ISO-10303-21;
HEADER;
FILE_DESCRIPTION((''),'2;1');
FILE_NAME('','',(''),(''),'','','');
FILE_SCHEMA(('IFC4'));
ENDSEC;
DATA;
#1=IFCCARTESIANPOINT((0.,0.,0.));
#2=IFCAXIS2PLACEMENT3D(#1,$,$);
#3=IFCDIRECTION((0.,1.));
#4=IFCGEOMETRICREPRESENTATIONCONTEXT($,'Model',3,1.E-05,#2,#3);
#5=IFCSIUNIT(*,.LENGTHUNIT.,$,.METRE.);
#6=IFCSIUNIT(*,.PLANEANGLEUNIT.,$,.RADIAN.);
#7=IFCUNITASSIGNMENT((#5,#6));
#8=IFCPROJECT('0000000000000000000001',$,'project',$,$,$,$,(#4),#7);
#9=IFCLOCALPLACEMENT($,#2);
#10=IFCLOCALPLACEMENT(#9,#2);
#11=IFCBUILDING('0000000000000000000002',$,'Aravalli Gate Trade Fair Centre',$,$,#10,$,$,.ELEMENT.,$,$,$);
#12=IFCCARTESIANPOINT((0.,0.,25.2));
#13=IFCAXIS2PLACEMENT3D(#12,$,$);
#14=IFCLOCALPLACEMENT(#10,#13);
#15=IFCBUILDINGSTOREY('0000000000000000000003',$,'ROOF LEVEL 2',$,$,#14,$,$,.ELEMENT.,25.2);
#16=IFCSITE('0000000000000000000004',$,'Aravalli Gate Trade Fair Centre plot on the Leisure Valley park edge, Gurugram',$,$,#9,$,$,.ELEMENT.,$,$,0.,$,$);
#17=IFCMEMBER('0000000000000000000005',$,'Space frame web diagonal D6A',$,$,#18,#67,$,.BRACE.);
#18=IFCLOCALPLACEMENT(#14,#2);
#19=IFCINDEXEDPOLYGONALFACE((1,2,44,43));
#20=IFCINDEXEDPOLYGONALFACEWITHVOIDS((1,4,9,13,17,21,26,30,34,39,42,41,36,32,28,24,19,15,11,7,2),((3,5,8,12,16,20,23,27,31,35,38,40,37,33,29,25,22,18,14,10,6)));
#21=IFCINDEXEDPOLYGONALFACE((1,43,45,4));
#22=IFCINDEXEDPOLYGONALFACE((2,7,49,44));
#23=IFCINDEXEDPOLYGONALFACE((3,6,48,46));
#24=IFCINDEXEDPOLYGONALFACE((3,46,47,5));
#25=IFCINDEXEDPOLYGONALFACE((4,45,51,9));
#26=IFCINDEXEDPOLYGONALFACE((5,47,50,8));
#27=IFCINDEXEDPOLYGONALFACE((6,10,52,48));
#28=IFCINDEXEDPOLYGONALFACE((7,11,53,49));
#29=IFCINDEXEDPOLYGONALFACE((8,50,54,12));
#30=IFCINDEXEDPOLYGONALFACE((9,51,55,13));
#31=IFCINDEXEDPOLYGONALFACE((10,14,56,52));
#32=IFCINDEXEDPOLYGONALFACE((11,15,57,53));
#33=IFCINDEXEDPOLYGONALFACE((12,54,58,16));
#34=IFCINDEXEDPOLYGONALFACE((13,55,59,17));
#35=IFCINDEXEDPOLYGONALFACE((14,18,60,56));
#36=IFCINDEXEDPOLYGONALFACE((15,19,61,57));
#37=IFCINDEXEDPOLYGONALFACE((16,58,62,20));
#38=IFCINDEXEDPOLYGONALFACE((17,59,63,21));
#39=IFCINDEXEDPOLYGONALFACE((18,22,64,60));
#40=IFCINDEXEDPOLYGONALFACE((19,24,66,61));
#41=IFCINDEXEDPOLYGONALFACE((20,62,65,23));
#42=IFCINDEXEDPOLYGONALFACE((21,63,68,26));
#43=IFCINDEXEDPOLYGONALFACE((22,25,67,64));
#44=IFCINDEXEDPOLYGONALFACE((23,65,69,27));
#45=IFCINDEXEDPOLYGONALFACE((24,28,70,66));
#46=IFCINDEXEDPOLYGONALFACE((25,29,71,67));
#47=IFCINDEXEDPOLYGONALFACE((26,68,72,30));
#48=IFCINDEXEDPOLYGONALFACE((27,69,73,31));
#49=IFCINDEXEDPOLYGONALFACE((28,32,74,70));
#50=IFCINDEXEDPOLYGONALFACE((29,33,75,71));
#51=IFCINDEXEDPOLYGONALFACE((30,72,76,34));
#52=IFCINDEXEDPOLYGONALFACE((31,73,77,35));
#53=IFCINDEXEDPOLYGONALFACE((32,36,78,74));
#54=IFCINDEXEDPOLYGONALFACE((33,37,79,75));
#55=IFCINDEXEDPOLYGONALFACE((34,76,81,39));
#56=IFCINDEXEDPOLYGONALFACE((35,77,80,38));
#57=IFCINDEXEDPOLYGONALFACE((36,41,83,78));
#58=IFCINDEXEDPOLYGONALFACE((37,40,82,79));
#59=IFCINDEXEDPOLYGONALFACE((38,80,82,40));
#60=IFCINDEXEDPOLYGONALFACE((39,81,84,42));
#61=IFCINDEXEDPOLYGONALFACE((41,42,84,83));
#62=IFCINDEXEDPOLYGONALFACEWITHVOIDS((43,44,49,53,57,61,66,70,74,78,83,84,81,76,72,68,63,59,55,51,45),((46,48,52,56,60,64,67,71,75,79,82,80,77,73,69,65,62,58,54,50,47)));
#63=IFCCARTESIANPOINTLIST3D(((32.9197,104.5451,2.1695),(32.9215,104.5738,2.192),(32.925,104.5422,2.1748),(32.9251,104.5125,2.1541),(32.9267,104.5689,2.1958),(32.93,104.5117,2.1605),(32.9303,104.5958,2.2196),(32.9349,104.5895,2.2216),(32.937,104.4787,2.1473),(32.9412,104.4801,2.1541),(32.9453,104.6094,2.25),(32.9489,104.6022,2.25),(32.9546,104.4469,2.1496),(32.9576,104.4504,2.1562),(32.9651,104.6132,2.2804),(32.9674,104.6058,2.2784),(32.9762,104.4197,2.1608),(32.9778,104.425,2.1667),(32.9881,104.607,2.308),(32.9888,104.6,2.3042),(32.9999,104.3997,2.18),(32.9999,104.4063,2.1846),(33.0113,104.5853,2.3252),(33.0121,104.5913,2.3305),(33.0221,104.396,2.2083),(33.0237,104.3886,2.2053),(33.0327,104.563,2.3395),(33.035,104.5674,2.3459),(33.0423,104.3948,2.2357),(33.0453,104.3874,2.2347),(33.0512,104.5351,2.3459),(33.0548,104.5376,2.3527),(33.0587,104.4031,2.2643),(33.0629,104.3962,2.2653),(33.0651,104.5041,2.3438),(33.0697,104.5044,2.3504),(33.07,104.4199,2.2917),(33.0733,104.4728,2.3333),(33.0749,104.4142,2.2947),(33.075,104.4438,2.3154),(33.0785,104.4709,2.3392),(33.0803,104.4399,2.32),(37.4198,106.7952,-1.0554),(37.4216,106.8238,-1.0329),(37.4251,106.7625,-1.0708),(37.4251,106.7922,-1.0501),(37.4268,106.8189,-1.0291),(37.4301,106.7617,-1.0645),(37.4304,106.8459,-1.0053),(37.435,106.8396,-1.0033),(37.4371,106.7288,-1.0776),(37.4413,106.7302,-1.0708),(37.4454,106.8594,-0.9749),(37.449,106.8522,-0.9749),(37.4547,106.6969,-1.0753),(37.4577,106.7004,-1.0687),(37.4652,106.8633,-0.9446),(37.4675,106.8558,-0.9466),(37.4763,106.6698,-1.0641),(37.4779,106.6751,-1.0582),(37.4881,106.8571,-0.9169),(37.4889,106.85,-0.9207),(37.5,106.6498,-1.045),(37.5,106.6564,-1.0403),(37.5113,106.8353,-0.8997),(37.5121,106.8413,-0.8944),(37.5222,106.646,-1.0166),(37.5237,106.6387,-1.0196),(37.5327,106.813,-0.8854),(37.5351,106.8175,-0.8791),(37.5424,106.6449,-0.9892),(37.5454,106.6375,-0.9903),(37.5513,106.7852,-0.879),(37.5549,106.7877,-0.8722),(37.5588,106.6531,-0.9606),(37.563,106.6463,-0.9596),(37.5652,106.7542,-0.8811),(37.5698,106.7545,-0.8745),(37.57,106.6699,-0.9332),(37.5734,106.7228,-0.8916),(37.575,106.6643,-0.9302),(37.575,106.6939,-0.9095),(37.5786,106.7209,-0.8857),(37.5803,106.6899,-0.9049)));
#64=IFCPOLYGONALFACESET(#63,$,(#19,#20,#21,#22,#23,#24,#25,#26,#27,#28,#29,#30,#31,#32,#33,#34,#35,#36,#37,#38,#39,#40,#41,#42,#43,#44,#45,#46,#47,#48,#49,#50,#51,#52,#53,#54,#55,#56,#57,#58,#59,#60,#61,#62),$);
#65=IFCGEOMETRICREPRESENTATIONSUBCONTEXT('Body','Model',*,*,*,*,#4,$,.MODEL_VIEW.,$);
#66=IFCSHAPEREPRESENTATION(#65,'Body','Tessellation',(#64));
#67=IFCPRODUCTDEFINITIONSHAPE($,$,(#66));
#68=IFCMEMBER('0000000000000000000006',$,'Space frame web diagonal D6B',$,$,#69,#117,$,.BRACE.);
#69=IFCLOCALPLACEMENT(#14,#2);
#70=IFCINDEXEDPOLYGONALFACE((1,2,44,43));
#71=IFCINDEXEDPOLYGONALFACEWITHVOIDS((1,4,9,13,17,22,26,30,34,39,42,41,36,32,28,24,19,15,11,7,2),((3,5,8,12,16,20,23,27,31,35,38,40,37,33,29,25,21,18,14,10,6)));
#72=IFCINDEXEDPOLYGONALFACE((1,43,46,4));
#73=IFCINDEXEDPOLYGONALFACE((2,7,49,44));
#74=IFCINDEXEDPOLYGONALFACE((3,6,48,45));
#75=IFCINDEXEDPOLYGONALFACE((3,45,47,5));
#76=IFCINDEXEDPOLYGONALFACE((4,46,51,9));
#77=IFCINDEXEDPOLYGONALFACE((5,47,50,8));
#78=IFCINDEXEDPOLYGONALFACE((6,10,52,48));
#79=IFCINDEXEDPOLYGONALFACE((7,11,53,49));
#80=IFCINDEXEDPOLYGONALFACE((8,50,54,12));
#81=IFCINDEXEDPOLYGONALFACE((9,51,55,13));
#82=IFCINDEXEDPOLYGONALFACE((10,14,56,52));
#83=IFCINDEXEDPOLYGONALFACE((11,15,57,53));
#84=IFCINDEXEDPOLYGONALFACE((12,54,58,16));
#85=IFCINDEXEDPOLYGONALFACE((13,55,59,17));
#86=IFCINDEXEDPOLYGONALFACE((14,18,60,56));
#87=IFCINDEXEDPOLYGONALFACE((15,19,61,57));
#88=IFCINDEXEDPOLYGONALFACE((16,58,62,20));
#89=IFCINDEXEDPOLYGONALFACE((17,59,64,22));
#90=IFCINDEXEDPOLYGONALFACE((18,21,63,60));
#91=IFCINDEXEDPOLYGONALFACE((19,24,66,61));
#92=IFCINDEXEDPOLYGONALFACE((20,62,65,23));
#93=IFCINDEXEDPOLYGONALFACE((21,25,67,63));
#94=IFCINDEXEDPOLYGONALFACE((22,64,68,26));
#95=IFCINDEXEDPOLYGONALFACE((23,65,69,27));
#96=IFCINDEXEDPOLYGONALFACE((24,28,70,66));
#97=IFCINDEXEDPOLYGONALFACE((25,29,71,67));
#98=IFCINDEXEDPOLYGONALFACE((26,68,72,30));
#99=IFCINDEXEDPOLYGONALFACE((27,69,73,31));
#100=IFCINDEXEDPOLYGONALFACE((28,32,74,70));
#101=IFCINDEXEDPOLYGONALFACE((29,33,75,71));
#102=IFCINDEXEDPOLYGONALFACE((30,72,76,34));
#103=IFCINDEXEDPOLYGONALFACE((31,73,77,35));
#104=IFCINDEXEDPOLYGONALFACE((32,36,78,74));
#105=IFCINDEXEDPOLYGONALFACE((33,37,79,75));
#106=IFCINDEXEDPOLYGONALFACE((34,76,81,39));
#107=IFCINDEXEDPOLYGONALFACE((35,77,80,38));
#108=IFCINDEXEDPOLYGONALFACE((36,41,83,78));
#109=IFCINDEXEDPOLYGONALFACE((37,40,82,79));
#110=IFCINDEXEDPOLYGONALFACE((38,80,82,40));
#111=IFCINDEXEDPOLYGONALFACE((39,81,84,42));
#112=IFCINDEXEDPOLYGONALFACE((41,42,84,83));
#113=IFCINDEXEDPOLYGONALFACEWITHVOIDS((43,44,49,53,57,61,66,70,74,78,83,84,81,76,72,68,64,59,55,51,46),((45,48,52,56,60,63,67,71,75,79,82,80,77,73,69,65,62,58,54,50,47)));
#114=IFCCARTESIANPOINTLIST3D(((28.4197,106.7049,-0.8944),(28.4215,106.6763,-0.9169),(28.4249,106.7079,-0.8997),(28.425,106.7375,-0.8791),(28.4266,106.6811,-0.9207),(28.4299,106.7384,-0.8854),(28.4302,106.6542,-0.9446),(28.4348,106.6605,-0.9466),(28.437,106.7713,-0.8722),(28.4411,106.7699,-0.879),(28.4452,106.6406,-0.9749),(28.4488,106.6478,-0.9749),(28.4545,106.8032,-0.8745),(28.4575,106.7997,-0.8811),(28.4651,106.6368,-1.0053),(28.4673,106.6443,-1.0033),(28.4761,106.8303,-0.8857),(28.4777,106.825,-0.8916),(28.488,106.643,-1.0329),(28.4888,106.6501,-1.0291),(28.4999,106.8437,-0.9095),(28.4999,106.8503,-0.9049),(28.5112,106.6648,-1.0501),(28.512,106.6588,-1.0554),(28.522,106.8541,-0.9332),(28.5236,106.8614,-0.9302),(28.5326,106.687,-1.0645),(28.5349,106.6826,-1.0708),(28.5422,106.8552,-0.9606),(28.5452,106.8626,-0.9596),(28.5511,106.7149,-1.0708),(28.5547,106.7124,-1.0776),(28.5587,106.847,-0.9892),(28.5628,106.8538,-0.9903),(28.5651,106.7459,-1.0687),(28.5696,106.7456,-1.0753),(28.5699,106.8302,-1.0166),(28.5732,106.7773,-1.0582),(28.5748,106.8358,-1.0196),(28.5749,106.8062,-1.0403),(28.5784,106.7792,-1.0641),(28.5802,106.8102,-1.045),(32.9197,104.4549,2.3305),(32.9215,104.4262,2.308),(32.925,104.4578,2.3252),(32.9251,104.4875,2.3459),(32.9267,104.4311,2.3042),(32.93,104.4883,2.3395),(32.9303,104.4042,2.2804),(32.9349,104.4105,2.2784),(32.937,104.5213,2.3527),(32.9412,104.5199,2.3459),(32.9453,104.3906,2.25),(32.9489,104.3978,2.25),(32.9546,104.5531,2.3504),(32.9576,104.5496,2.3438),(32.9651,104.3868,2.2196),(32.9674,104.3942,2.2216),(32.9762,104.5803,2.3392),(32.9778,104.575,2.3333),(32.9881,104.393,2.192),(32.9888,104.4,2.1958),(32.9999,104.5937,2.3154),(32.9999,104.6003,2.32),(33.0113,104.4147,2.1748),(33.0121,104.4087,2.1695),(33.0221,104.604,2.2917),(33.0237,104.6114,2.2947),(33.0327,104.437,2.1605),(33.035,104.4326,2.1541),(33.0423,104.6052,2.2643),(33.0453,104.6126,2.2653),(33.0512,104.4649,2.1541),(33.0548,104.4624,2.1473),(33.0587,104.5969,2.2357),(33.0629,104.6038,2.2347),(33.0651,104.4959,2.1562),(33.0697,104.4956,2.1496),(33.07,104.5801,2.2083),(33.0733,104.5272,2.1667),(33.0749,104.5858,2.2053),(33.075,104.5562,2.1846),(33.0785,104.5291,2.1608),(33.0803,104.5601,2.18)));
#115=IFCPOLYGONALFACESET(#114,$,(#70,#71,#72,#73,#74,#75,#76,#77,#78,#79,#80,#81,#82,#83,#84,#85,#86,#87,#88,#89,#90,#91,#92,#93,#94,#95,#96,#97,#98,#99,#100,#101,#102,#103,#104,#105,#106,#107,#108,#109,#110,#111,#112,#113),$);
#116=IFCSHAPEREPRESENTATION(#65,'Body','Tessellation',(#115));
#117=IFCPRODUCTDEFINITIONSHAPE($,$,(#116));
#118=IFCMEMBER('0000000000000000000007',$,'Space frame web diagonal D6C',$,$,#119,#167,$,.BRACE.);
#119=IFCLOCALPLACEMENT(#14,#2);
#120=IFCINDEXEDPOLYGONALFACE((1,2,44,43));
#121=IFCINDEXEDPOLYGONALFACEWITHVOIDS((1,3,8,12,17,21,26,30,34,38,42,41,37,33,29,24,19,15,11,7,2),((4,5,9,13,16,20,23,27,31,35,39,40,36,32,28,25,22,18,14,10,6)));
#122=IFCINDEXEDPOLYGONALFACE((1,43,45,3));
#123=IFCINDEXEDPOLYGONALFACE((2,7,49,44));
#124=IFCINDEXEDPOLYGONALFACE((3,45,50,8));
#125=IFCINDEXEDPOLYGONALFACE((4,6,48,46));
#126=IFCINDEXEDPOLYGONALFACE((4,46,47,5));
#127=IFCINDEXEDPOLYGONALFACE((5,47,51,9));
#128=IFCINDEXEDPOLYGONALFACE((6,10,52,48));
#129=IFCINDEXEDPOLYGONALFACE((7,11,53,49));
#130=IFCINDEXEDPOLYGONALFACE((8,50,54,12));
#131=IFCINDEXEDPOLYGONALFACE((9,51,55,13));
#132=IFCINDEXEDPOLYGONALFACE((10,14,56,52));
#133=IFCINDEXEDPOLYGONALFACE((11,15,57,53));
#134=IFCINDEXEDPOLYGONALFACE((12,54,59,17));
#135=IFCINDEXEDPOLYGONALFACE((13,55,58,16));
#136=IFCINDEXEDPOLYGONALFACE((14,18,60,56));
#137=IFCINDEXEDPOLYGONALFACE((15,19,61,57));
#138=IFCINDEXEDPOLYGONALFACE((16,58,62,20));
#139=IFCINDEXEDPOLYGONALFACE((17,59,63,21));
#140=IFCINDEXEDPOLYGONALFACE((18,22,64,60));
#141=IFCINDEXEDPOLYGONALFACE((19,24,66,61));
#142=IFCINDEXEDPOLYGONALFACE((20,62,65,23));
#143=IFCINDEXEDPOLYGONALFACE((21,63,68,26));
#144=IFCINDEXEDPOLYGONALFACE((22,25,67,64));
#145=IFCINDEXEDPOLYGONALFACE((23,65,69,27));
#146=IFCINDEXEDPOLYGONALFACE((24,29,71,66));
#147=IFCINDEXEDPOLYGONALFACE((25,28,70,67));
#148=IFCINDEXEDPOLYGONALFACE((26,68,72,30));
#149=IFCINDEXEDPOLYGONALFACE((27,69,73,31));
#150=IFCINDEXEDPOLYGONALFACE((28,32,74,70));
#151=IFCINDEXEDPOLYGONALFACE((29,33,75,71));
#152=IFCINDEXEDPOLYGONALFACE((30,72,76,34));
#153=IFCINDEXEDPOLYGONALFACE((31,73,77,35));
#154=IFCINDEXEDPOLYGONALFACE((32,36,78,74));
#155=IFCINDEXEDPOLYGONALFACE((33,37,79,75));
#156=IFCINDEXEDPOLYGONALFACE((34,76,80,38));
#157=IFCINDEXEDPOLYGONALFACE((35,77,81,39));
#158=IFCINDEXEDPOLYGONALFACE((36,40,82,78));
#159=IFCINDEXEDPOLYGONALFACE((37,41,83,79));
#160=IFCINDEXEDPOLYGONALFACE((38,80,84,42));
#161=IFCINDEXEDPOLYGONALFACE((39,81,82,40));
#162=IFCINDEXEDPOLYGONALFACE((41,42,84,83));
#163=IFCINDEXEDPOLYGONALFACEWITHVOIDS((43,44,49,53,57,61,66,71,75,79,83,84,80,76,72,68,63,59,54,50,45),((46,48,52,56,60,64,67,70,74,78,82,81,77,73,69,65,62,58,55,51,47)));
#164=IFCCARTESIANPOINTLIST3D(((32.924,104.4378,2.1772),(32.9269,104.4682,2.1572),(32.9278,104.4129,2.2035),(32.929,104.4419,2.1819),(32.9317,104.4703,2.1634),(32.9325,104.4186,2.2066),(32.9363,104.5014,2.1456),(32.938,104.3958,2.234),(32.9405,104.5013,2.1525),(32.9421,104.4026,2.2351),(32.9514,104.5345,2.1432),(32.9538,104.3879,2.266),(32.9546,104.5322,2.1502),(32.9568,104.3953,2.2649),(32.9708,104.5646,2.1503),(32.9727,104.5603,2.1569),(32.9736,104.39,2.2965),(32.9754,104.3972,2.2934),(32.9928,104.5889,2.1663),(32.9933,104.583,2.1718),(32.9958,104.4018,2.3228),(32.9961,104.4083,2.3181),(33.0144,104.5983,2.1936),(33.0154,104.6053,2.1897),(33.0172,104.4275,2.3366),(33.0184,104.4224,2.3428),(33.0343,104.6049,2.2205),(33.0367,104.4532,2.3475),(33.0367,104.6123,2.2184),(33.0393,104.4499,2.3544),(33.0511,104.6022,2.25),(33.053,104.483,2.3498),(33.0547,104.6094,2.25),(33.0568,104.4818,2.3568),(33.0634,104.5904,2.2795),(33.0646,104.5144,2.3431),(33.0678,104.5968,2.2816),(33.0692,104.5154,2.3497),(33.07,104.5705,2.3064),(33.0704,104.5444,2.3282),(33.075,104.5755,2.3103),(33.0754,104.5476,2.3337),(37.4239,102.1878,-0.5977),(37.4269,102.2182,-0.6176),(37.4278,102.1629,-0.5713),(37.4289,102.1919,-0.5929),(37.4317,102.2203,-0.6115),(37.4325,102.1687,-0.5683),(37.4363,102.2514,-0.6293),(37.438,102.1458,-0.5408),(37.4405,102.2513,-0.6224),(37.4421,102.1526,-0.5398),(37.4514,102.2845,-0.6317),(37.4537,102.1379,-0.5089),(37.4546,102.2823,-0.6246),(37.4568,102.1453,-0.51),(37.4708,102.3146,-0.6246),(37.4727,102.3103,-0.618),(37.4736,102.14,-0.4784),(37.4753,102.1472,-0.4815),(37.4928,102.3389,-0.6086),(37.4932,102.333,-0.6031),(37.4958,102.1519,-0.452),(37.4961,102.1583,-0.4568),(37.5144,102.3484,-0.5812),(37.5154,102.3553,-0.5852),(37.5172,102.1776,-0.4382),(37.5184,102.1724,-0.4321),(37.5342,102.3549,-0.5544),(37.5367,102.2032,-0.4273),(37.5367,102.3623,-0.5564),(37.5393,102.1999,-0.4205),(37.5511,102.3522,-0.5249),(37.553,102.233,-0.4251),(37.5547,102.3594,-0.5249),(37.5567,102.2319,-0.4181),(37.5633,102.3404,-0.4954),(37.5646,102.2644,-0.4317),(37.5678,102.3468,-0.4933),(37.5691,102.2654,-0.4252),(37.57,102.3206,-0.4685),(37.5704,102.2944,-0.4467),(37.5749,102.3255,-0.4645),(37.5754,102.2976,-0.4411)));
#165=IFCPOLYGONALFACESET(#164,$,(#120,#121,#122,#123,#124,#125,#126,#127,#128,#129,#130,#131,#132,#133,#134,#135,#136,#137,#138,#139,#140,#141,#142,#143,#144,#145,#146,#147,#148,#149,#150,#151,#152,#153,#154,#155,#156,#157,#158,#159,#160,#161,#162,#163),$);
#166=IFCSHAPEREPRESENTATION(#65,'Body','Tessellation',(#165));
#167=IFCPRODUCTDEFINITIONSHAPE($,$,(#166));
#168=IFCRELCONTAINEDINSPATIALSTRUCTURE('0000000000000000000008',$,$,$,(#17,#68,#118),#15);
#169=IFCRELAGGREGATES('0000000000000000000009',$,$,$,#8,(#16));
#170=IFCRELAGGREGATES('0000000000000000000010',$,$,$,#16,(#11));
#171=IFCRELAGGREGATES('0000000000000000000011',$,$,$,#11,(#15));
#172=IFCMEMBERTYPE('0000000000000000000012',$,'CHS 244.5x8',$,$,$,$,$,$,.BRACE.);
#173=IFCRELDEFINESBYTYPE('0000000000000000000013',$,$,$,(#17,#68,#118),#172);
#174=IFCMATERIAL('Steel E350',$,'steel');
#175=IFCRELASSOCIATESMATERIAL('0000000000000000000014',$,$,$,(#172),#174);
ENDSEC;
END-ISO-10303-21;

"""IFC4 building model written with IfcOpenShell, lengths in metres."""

from ifc_helpers import new_model, si_unit, direction, frame, origin, origin_2d, place, context, subcontext, project, spatial, hollow_circle, extrude, material, material_profile, profile_set, type_object, element, save


model = new_model("IFC4")

# Units and contexts
model_context = context("Model", 3, precision=1e-05, world=origin(), true_north=direction((0.0, 1.0)))
body_context = subcontext(model_context, "Body", "Model", "MODEL_VIEW")
ifc_project = project(units=[si_unit("LENGTHUNIT", "METRE"), si_unit("PLANEANGLEUNIT", "RADIAN")], contexts=[model_context])

# Site, building, storey
site_placement = place(None, origin())
site = spatial("IfcSite", under=ifc_project, at=site_placement, Name="Aravalli Gate Trade Fair Centre plot on the Leisure Valley park edge, Gurugram", CompositionType="ELEMENT", RefElevation=0.0)
building_placement = place(site_placement, origin())
building = spatial("IfcBuilding", under=site, at=building_placement, Name="Aravalli Gate Trade Fair Centre", CompositionType="ELEMENT")
storey_placement = place(building_placement, frame((0.0, 0.0, 25.2)))
storey = spatial("IfcBuildingStorey", under=building, at=storey_placement, Name="ROOF LEVEL 2", CompositionType="ELEMENT", Elevation=25.2)

# Members
ifc_material_1 = material(Name="Steel E350", Category="steel")
ifc_material_profile_1 = material_profile(ifc_material_1, hollow_circle(Radius=0.1223, WallThickness=0.0081, at=origin_2d()), Name="CHS 244.5x8")
ifc_profile_set_1 = profile_set([ifc_material_profile_1], Name="Steel E350")
member_type_1 = type_object("IfcMemberType", Name="CHS 244.5x8", PredefinedType="BRACE", material=ifc_profile_set_1)
for number, where, z_axis, x_axis, name in (
    (1, (33.0, 104.5, 2.25), (0.753016, 0.376508, -0.539637), (-0.447214, 0.894427, 0.0), "Space frame web diagonal D6A"),
    (2, (33.0, 104.5, 2.25), (-0.753016, 0.376508, -0.539637), (-0.447214, -0.894427, 0.0), "Space frame web diagonal D6B"),
):
    element("IfcMember", number, at=place(storey_placement, frame(where, z_axis=z_axis, x_axis=x_axis)), inside=storey, type_object=member_type_1, Name=name, PredefinedType="BRACE", context=body_context, shape_type="SweptSolid", body=[
        extrude(hollow_circle(Radius=0.1223, WallThickness=0.0081, at=origin_2d()), origin(), (0.0, 0.0, 1.0), 5.9761),
    ])
for number, where, z_axis, x_axis, name in (
    (3, (33.0, 104.5, 2.25), (0.7832, -0.3916, -0.482956), (0.447214, 0.894427, 0.0), "Space frame web diagonal D6C"),
):
    element("IfcMember", number, at=place(storey_placement, frame(where, z_axis=z_axis, x_axis=x_axis)), inside=storey, type_object=member_type_1, Name=name, PredefinedType="BRACE", context=body_context, shape_type="SweptSolid", body=[
        extrude(hollow_circle(Radius=0.1223, WallThickness=0.0081, at=origin_2d()), origin(), (0.0, 0.0, 1.0), 5.7456),
    ])

save(model, "model.ifc")
